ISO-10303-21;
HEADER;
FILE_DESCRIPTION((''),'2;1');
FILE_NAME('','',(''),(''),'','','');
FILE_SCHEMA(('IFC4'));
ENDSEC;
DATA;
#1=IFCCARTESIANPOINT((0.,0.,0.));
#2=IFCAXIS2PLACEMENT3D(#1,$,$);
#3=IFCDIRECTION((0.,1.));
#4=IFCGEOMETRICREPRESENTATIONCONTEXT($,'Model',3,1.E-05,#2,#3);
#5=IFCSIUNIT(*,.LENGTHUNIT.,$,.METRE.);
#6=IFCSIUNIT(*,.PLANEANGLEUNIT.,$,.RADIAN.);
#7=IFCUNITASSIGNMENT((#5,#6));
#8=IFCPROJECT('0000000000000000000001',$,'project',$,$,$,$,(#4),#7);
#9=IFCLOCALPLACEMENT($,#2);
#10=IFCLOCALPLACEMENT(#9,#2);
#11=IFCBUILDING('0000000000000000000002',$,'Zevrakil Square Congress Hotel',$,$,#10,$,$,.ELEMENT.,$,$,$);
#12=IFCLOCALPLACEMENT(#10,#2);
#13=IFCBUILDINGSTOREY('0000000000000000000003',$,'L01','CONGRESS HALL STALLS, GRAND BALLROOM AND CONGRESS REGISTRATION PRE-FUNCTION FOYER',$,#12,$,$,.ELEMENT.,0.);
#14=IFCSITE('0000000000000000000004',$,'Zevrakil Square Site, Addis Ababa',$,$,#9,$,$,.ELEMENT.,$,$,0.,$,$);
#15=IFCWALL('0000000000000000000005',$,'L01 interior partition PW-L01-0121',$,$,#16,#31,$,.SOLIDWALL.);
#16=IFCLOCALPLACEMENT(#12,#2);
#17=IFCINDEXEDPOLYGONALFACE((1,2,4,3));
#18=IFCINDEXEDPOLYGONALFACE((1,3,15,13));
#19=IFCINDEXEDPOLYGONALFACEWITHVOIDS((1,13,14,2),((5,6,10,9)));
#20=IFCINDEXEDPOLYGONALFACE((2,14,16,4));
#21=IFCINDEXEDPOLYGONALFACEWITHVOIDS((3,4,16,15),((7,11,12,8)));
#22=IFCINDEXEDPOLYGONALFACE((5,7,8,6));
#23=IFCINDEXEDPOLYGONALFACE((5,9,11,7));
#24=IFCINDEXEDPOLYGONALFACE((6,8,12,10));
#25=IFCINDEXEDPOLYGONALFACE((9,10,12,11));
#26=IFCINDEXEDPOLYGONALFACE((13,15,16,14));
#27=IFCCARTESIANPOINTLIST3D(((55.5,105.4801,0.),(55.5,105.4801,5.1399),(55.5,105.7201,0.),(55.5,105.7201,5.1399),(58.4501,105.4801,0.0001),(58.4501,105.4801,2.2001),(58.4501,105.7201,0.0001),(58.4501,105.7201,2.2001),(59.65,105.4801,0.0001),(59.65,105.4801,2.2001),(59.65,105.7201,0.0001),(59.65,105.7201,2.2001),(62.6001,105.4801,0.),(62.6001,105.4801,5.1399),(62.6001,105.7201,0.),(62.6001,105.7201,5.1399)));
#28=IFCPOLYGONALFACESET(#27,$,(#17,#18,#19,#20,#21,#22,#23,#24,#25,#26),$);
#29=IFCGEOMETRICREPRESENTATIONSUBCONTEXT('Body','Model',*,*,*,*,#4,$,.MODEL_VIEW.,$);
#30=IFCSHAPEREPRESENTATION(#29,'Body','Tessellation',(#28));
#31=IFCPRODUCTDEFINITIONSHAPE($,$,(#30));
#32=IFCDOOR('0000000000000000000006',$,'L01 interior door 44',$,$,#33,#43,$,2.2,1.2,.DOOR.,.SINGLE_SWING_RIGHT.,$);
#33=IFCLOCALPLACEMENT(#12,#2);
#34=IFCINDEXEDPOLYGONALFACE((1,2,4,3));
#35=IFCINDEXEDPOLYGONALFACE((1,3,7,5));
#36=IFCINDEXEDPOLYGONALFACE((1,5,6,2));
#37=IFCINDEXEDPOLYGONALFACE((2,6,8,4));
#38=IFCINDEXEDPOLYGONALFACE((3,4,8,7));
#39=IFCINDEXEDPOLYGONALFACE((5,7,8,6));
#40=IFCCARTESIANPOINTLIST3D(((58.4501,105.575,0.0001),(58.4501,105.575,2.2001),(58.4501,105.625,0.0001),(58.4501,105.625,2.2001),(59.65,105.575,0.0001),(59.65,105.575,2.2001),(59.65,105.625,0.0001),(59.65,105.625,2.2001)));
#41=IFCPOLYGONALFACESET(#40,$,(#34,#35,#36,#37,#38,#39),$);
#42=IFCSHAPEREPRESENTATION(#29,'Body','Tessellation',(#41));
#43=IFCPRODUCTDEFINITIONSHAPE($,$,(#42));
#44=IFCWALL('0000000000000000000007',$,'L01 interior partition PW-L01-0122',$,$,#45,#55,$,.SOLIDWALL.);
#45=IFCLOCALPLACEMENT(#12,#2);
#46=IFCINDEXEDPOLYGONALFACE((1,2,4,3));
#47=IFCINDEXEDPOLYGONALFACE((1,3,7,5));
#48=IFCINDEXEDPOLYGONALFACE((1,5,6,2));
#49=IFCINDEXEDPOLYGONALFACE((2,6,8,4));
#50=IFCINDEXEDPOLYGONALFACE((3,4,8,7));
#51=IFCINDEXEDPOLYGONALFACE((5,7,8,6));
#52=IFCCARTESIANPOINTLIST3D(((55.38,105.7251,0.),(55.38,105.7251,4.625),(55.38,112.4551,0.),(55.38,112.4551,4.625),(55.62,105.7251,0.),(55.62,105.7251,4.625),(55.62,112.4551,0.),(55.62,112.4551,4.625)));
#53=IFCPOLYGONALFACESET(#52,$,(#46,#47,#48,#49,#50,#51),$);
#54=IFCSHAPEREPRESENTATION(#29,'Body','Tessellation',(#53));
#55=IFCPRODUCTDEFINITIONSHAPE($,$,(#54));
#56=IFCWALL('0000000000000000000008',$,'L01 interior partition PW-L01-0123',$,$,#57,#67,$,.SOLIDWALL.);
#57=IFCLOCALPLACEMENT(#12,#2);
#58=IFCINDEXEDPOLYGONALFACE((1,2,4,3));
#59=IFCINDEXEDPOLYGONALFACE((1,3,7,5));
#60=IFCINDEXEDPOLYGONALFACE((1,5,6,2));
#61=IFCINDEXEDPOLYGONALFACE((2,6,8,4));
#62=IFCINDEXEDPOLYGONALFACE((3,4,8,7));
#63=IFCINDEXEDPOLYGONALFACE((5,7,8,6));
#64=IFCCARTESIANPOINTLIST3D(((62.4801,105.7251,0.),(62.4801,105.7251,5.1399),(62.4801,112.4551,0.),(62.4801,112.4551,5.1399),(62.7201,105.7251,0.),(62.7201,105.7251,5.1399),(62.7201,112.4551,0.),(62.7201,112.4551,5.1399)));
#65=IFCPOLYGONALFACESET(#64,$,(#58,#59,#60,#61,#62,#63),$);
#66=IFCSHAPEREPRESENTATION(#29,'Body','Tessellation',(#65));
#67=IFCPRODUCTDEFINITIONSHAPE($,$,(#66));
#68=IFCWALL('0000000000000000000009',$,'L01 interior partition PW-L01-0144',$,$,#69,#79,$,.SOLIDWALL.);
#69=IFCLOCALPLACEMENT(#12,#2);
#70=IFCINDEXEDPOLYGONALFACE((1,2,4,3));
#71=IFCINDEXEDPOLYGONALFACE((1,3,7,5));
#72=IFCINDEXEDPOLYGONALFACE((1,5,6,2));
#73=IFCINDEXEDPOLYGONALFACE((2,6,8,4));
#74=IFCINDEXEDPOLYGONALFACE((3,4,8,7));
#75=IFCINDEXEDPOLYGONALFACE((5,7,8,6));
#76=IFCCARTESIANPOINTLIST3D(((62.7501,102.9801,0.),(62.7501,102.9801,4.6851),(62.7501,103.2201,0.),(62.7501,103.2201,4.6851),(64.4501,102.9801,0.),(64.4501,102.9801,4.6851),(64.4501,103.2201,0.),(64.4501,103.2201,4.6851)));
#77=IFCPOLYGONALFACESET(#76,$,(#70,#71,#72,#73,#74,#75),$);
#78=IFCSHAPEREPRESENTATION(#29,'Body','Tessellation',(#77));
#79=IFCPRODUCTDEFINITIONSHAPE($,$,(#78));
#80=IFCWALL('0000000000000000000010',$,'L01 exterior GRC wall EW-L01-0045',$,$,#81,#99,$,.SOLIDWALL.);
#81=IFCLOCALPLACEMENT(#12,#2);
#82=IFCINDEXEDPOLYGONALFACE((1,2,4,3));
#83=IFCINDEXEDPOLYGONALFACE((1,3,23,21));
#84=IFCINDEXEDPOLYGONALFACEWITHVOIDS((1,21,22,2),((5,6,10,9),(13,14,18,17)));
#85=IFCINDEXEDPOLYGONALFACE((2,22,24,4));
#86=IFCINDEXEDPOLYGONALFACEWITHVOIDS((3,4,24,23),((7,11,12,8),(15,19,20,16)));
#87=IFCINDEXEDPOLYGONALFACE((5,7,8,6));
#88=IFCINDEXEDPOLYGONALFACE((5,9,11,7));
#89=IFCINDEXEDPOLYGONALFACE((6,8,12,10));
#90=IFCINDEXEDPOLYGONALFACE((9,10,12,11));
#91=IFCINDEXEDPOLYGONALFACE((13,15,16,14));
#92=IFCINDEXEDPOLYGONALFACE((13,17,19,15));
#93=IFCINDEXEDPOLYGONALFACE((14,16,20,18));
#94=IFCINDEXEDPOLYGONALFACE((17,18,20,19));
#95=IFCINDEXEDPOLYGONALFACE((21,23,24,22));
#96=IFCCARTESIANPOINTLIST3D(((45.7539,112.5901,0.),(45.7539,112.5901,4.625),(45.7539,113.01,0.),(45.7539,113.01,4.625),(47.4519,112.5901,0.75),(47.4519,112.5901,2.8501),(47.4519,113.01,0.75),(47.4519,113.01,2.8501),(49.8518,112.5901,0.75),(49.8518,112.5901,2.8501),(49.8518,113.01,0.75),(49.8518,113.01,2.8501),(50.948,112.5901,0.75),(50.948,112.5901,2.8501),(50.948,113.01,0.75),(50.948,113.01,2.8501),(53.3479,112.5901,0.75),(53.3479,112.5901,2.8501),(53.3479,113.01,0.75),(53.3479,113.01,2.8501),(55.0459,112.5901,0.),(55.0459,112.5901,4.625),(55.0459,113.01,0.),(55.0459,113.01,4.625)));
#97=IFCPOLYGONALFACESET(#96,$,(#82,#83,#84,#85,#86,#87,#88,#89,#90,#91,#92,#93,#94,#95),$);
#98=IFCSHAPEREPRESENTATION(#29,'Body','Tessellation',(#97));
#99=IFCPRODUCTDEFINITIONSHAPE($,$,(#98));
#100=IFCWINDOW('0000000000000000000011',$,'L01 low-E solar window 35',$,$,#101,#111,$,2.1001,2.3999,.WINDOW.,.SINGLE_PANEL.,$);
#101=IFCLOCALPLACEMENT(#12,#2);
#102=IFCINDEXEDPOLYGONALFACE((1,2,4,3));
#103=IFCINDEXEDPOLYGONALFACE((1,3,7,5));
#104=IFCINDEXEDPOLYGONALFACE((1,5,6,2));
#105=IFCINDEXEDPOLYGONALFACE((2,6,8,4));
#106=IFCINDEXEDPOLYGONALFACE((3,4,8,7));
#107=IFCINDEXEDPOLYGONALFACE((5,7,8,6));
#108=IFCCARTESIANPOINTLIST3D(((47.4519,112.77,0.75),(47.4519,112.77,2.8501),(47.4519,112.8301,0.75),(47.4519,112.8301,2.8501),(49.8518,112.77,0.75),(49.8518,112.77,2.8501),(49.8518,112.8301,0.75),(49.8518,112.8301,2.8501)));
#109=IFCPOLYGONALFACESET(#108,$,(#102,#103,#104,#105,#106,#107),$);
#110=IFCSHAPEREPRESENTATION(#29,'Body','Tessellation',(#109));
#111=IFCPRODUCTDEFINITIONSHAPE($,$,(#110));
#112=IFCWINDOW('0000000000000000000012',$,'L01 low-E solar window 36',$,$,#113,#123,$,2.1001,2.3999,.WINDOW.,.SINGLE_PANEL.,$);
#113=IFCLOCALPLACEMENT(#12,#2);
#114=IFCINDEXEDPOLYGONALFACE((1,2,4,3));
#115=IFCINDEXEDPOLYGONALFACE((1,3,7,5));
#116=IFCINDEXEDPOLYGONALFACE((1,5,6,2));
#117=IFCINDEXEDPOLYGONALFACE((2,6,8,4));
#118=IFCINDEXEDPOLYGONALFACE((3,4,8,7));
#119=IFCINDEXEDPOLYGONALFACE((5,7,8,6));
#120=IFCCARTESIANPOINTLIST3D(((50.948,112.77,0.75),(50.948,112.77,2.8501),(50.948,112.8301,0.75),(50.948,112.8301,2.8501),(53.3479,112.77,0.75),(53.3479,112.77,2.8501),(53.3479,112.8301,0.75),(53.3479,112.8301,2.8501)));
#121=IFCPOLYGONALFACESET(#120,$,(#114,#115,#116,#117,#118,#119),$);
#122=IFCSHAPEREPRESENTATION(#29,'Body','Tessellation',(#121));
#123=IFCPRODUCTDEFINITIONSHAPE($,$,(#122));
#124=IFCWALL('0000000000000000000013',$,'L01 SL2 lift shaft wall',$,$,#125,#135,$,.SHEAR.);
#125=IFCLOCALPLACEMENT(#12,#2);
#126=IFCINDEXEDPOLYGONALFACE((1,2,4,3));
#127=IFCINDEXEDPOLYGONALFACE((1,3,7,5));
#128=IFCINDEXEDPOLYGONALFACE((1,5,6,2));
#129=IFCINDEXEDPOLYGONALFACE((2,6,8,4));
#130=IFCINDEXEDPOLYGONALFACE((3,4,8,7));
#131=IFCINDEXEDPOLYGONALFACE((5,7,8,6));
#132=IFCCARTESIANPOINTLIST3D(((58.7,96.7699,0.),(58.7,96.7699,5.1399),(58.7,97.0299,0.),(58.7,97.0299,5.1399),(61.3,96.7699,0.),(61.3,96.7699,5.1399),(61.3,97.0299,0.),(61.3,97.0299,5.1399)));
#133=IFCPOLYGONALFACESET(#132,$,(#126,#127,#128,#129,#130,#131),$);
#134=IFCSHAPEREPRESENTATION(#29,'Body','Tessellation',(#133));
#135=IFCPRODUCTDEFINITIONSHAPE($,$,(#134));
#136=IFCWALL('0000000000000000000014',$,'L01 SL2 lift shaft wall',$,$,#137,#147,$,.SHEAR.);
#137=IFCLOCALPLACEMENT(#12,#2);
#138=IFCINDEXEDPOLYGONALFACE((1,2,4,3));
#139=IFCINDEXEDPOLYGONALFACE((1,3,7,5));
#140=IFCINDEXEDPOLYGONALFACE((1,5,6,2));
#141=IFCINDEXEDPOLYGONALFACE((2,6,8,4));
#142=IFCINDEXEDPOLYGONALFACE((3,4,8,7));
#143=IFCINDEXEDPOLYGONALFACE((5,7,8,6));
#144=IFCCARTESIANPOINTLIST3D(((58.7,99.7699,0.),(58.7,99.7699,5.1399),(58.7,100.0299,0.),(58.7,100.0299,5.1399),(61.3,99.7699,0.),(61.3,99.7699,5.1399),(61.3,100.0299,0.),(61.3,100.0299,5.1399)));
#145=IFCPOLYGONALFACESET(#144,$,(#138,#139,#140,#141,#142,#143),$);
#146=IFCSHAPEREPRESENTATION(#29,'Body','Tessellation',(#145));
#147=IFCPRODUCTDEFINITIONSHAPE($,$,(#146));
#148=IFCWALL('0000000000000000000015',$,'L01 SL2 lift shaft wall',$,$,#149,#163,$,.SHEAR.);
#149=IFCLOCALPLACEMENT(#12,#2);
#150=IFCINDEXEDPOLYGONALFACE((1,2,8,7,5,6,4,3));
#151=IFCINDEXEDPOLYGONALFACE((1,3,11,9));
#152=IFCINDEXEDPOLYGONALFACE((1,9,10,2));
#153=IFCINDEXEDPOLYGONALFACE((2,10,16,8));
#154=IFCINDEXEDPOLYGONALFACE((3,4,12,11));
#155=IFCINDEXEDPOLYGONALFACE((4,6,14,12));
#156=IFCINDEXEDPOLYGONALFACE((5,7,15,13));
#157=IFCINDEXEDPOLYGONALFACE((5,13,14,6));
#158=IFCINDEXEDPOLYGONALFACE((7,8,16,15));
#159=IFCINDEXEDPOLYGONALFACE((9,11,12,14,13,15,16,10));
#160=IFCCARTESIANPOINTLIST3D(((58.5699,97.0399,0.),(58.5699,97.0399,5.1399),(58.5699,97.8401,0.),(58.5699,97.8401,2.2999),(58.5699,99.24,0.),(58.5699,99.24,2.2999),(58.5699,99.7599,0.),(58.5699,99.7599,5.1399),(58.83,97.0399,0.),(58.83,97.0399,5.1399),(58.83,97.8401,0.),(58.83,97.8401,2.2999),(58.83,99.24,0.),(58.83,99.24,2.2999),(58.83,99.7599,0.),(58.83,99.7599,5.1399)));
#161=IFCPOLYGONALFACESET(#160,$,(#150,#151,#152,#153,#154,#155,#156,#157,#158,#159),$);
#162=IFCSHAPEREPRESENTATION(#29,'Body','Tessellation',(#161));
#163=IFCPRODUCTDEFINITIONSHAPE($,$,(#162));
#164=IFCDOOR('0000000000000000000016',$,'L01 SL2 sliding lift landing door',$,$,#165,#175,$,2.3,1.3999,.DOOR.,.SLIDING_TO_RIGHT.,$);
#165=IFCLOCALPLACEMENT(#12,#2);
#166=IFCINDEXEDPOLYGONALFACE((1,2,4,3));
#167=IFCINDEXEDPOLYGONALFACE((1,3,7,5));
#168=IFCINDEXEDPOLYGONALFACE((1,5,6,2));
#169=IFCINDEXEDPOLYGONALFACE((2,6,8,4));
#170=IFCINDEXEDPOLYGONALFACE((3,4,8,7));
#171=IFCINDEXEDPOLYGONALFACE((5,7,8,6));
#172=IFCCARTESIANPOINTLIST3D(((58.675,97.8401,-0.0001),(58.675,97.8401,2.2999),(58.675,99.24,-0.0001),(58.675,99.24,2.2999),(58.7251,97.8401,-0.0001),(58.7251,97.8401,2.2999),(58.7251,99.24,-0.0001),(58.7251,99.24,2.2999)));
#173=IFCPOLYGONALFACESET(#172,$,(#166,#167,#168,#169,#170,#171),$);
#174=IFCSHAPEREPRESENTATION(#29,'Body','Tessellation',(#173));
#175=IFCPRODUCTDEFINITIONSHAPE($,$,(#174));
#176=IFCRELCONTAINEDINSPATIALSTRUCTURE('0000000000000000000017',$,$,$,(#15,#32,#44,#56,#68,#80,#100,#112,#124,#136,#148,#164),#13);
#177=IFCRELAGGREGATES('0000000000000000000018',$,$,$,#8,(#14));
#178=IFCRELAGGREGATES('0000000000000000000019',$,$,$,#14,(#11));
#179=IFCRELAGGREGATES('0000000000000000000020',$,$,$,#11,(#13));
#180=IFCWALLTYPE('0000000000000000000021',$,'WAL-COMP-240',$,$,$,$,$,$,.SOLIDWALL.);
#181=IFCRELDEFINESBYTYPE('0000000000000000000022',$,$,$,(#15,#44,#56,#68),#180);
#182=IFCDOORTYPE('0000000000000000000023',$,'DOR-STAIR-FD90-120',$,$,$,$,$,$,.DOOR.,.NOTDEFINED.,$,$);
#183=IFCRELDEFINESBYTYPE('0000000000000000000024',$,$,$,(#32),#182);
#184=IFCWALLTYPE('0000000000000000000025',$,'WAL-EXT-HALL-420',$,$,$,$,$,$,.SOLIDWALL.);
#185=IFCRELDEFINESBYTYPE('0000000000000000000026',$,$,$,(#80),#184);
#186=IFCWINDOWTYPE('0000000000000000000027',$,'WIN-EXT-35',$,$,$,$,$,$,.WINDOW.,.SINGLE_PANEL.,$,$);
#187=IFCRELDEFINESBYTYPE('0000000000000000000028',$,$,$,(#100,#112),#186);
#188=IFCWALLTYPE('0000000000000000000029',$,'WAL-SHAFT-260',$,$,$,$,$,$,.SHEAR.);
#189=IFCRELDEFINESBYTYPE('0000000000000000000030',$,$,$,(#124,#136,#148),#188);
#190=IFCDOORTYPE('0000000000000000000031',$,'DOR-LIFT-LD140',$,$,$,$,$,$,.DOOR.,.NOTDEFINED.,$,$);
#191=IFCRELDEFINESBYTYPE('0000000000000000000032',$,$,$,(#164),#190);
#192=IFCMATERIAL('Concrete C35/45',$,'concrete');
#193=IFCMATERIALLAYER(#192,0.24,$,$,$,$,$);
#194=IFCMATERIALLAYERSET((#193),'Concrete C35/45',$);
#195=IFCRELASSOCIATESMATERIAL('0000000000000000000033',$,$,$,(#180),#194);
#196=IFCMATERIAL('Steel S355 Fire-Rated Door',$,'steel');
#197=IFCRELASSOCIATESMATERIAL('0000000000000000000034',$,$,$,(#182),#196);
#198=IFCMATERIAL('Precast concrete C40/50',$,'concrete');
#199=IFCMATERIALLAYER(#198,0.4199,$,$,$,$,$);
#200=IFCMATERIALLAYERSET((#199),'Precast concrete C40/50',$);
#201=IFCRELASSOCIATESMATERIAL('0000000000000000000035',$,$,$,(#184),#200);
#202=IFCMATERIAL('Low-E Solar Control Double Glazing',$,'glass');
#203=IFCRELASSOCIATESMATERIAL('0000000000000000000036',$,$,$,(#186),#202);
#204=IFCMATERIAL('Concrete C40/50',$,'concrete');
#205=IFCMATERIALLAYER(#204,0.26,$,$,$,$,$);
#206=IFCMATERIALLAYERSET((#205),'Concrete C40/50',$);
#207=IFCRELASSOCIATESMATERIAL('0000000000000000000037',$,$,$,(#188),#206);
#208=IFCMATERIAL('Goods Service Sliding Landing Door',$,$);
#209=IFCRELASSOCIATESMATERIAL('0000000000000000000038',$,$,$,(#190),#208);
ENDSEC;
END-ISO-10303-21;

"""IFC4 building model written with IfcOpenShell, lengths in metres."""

from ifc_helpers import new_model, si_unit, direction, frame, frame_2d, origin, place, context, subcontext, project, spatial, rectangle, extrude, material, layer, layer_set, type_object, element, fill, save


model = new_model("IFC4")

# Units and contexts
model_context = context("Model", 3, precision=1e-05, world=origin(), true_north=direction((0.0, 1.0)))
body_context = subcontext(model_context, "Body", "Model", "MODEL_VIEW")
ifc_project = project(units=[si_unit("LENGTHUNIT", "METRE"), si_unit("PLANEANGLEUNIT", "RADIAN")], contexts=[model_context])

# Site, building, storey
site_placement = place(None, origin())
site = spatial("IfcSite", under=ifc_project, at=site_placement, Name="Zevrakil Square Site, Addis Ababa", CompositionType="ELEMENT", RefElevation=0.0)
building_placement = place(site_placement, origin())
building = spatial("IfcBuilding", under=site, at=building_placement, Name="Zevrakil Square Congress Hotel", CompositionType="ELEMENT")
storey_placement = place(building_placement, origin())
storey = spatial("IfcBuildingStorey", under=building, at=storey_placement, Name="L01", Description="CONGRESS HALL STALLS, GRAND BALLROOM AND CONGRESS REGISTRATION PRE-FUNCTION FOYER", CompositionType="ELEMENT", Elevation=0.0)

# Wall, opening, door
ifc_material_1 = material(Name="Concrete C35/45", Category="concrete")
ifc_layer_1 = layer(ifc_material_1, 0.24)
ifc_layer_set_1 = layer_set([ifc_layer_1], Name="Concrete C35/45")
wall_type_1 = type_object("IfcWallType", Name="WAL-COMP-240", PredefinedType="SOLIDWALL", material=ifc_layer_set_1)
wall_1_placement = place(storey_placement, frame((55.5, 105.6001, 0.0), z_axis=(0.0, 0.0, 1.0), x_axis=(1.0, 0.0, 0.0)))
wall_1 = element("IfcWall", 1, at=wall_1_placement, inside=storey, type_object=wall_type_1, Name="L01 interior partition PW-L01-0121", PredefinedType="SOLIDWALL", context=body_context, shape_type="SweptSolid", body=[
    extrude(rectangle(XDim=7.1001, YDim=0.24, at=frame_2d((3.55, 0.0))), origin(), (0.0, 0.0, 1.0), 5.1399),
])
opening_1_placement = place(wall_1_placement, frame((2.95, 0.0, 0.0)))
opening_1 = element("IfcOpeningElement", 2, at=opening_1_placement, cuts=wall_1, PredefinedType="OPENING", context=body_context, shape_type="SweptSolid", body=[
    extrude(rectangle(XDim=1.2, YDim=2.2, at=frame_2d((0.6001, 1.1001))), frame((0.0, 0.1299, 0.0), z_axis=(0.0, -1.0, 0.0), x_axis=(1.0, 0.0, 0.0)), (0.0, 0.0, 1.0), 0.26),
])
ifc_material_2 = material(Name="Steel S355 Fire-Rated Door", Category="steel")
door_type_1 = type_object("IfcDoorType", Name="DOR-STAIR-FD90-120", OperationType="NOTDEFINED", PredefinedType="DOOR", material=ifc_material_2)
door_1_placement = place(opening_1_placement, origin())
door_1 = element("IfcDoor", 3, at=door_1_placement, inside=storey, type_object=door_type_1, Name="L01 interior door 44", OperationType="SINGLE_SWING_RIGHT", OverallHeight=2.2, OverallWidth=1.2, PredefinedType="DOOR", context=body_context, shape_type="SweptSolid", body=[
    extrude(rectangle(XDim=1.2, YDim=2.2, at=frame_2d((0.6001, 1.1001))), frame((0.0, 0.0249, 0.0), z_axis=(0.0, -1.0, 0.0), x_axis=(1.0, 0.0, 0.0)), (0.0, 0.0, 1.0), 0.05),
])
fill(opening_1, door_1)

# Walls
wall_2_placement = place(storey_placement, frame((55.5, 105.7251, 0.0), z_axis=(0.0, 0.0, 1.0), x_axis=(0.0, 1.0, 0.0)))
element("IfcWall", 4, at=wall_2_placement, inside=storey, type_object=wall_type_1, Name="L01 interior partition PW-L01-0122", PredefinedType="SOLIDWALL", context=body_context, shape_type="SweptSolid", body=[
    extrude(rectangle(XDim=6.73, YDim=0.24, at=frame_2d((3.365, 0.0))), origin(), (0.0, 0.0, 1.0), 4.625),
])
wall_3_placement = place(storey_placement, frame((62.6001, 105.7251, 0.0), z_axis=(0.0, 0.0, 1.0), x_axis=(0.0, 1.0, 0.0)))
element("IfcWall", 5, at=wall_3_placement, inside=storey, type_object=wall_type_1, Name="L01 interior partition PW-L01-0123", PredefinedType="SOLIDWALL", context=body_context, shape_type="SweptSolid", body=[
    extrude(rectangle(XDim=6.73, YDim=0.24, at=frame_2d((3.365, 0.0))), origin(), (0.0, 0.0, 1.0), 5.1399),
])
wall_4_placement = place(storey_placement, frame((62.75, 103.1001, 0.0), z_axis=(0.0, 0.0, 1.0), x_axis=(1.0, 0.0, 0.0)))
element("IfcWall", 6, at=wall_4_placement, inside=storey, type_object=wall_type_1, Name="L01 interior partition PW-L01-0144", PredefinedType="SOLIDWALL", context=body_context, shape_type="SweptSolid", body=[
    extrude(rectangle(XDim=1.7, YDim=0.24, at=frame_2d((0.8501, 0.0))), origin(), (0.0, 0.0, 1.0), 4.6851),
])

# Wall, openings, windows
ifc_material_3 = material(Name="Precast concrete C40/50", Category="concrete")
ifc_layer_2 = layer(ifc_material_3, 0.4199)
ifc_layer_set_2 = layer_set([ifc_layer_2], Name="Precast concrete C40/50")
wall_type_2 = type_object("IfcWallType", Name="WAL-EXT-HALL-420", PredefinedType="SOLIDWALL", material=ifc_layer_set_2)
wall_5_placement = place(storey_placement, frame((45.7539, 112.8, 0.0), z_axis=(0.0, 0.0, 1.0), x_axis=(1.0, 0.0, 0.0)))
wall_5 = element("IfcWall", 7, at=wall_5_placement, inside=storey, type_object=wall_type_2, Name="L01 exterior GRC wall EW-L01-0045", PredefinedType="SOLIDWALL", context=body_context, shape_type="SweptSolid", body=[
    extrude(rectangle(XDim=9.292, YDim=0.4199, at=frame_2d((4.646, 0.0))), origin(), (0.0, 0.0, 1.0), 4.625),
])
opening_2_placement = place(wall_5_placement, frame((1.698, 0.0, 0.75)))
opening_2 = element("IfcOpeningElement", 8, at=opening_2_placement, cuts=wall_5, PredefinedType="OPENING", context=body_context, shape_type="SweptSolid", body=[
    extrude(rectangle(XDim=2.3999, YDim=2.1001, at=frame_2d((1.2, 1.05))), frame((0.0, 0.22, 0.0), z_axis=(0.0, -1.0, 0.0), x_axis=(1.0, 0.0, 0.0)), (0.0, 0.0, 1.0), 0.4399),
])
opening_3_placement = place(wall_5_placement, frame((5.1941, 0.0, 0.75)))
opening_3 = element("IfcOpeningElement", 9, at=opening_3_placement, cuts=wall_5, PredefinedType="OPENING", context=body_context, shape_type="SweptSolid", body=[
    extrude(rectangle(XDim=2.3999, YDim=2.1001, at=frame_2d((1.2, 1.05))), frame((0.0, 0.22, 0.0), z_axis=(0.0, -1.0, 0.0), x_axis=(1.0, 0.0, 0.0)), (0.0, 0.0, 1.0), 0.4399),
])
ifc_material_4 = material(Name="Low-E Solar Control Double Glazing", Category="glass")
window_type = type_object("IfcWindowType", Name="WIN-EXT-35", PartitioningType="SINGLE_PANEL", PredefinedType="WINDOW", material=ifc_material_4)
window_1_placement = place(opening_2_placement, origin())
window_1 = element("IfcWindow", 10, at=window_1_placement, inside=storey, type_object=window_type, Name="L01 low-E solar window 35", OverallHeight=2.1001, OverallWidth=2.3999, PartitioningType="SINGLE_PANEL", PredefinedType="WINDOW", context=body_context, shape_type="SweptSolid", body=[
    extrude(rectangle(XDim=2.3999, YDim=2.1001, at=frame_2d((1.2, 1.05))), frame((0.0, 0.03, 0.0), z_axis=(0.0, -1.0, 0.0), x_axis=(1.0, 0.0, 0.0)), (0.0, 0.0, 1.0), 0.0601),
])
fill(opening_2, window_1)
window_2_placement = place(opening_3_placement, origin())
window_2 = element("IfcWindow", 11, at=window_2_placement, inside=storey, type_object=window_type, Name="L01 low-E solar window 36", OverallHeight=2.1001, OverallWidth=2.3999, PartitioningType="SINGLE_PANEL", PredefinedType="WINDOW", context=body_context, shape_type="SweptSolid", body=[
    extrude(rectangle(XDim=2.3999, YDim=2.1001, at=frame_2d((1.2, 1.05))), frame((0.0, 0.03, 0.0), z_axis=(0.0, -1.0, 0.0), x_axis=(1.0, 0.0, 0.0)), (0.0, 0.0, 1.0), 0.0601),
])
fill(opening_3, window_2)

# Walls
ifc_material_5 = material(Name="Concrete C40/50", Category="concrete")
ifc_layer_3 = layer(ifc_material_5, 0.26)
ifc_layer_set_3 = layer_set([ifc_layer_3], Name="Concrete C40/50")
wall_type_3 = type_object("IfcWallType", Name="WAL-SHAFT-260", PredefinedType="SHEAR", material=ifc_layer_set_3)
for number, where, z_axis, x_axis, name in (
    (12, (58.7, 96.8999, 0.0), (0.0, 0.0, 1.0), (1.0, 0.0, 0.0), "L01 SL2 lift shaft wall"),
    (13, (58.7, 99.8999, 0.0), (0.0, 0.0, 1.0), (1.0, 0.0, 0.0), "L01 SL2 lift shaft wall"),
):
    element("IfcWall", number, at=place(storey_placement, frame(where, z_axis=z_axis, x_axis=x_axis)), inside=storey, type_object=wall_type_3, Name=name, PredefinedType="SHEAR", context=body_context, shape_type="SweptSolid", body=[
        extrude(rectangle(XDim=2.6001, YDim=0.26, at=frame_2d((1.3, 0.0))), origin(), (0.0, 0.0, 1.0), 5.1399),
    ])

# Wall, opening, door
wall_6_placement = place(storey_placement, frame((58.7, 97.04, 0.0), z_axis=(0.0, 0.0, 1.0), x_axis=(0.0, 1.0, 0.0)))
wall_6 = element("IfcWall", 14, at=wall_6_placement, inside=storey, type_object=wall_type_3, Name="L01 SL2 lift shaft wall", PredefinedType="SHEAR", context=body_context, shape_type="SweptSolid", body=[
    extrude(rectangle(XDim=2.72, YDim=0.26, at=frame_2d((1.3599, 0.0))), origin(), (0.0, 0.0, 1.0), 5.1399),
])
opening_4_placement = place(wall_6_placement, frame((0.8, 0.0, 0.0)))
opening_4 = element("IfcOpeningElement", 15, at=opening_4_placement, cuts=wall_6, PredefinedType="OPENING", context=body_context, shape_type="SweptSolid", body=[
    extrude(rectangle(XDim=1.3999, YDim=2.3, at=frame_2d((0.7, 1.1499))), frame((0.0, 0.1401, 0.0), z_axis=(0.0, -1.0, 0.0), x_axis=(1.0, 0.0, 0.0)), (0.0, 0.0, 1.0), 0.28),
])
ifc_material_6 = material(Name="Goods Service Sliding Landing Door")
door_type_2 = type_object("IfcDoorType", Name="DOR-LIFT-LD140", OperationType="NOTDEFINED", PredefinedType="DOOR", material=ifc_material_6)
door_2_placement = place(opening_4_placement, origin())
door_2 = element("IfcDoor", 16, at=door_2_placement, inside=storey, type_object=door_type_2, Name="L01 SL2 sliding lift landing door", OperationType="SLIDING_TO_RIGHT", OverallHeight=2.3, OverallWidth=1.3999, PredefinedType="DOOR", context=body_context, shape_type="SweptSolid", body=[
    extrude(rectangle(XDim=1.3999, YDim=2.3, at=frame_2d((0.7, 1.1499))), frame((0.0, 0.0249, 0.0), z_axis=(0.0, -1.0, 0.0), x_axis=(1.0, 0.0, 0.0)), (0.0, 0.0, 1.0), 0.05),
])
fill(opening_4, door_2)

save(model, "model.ifc")
